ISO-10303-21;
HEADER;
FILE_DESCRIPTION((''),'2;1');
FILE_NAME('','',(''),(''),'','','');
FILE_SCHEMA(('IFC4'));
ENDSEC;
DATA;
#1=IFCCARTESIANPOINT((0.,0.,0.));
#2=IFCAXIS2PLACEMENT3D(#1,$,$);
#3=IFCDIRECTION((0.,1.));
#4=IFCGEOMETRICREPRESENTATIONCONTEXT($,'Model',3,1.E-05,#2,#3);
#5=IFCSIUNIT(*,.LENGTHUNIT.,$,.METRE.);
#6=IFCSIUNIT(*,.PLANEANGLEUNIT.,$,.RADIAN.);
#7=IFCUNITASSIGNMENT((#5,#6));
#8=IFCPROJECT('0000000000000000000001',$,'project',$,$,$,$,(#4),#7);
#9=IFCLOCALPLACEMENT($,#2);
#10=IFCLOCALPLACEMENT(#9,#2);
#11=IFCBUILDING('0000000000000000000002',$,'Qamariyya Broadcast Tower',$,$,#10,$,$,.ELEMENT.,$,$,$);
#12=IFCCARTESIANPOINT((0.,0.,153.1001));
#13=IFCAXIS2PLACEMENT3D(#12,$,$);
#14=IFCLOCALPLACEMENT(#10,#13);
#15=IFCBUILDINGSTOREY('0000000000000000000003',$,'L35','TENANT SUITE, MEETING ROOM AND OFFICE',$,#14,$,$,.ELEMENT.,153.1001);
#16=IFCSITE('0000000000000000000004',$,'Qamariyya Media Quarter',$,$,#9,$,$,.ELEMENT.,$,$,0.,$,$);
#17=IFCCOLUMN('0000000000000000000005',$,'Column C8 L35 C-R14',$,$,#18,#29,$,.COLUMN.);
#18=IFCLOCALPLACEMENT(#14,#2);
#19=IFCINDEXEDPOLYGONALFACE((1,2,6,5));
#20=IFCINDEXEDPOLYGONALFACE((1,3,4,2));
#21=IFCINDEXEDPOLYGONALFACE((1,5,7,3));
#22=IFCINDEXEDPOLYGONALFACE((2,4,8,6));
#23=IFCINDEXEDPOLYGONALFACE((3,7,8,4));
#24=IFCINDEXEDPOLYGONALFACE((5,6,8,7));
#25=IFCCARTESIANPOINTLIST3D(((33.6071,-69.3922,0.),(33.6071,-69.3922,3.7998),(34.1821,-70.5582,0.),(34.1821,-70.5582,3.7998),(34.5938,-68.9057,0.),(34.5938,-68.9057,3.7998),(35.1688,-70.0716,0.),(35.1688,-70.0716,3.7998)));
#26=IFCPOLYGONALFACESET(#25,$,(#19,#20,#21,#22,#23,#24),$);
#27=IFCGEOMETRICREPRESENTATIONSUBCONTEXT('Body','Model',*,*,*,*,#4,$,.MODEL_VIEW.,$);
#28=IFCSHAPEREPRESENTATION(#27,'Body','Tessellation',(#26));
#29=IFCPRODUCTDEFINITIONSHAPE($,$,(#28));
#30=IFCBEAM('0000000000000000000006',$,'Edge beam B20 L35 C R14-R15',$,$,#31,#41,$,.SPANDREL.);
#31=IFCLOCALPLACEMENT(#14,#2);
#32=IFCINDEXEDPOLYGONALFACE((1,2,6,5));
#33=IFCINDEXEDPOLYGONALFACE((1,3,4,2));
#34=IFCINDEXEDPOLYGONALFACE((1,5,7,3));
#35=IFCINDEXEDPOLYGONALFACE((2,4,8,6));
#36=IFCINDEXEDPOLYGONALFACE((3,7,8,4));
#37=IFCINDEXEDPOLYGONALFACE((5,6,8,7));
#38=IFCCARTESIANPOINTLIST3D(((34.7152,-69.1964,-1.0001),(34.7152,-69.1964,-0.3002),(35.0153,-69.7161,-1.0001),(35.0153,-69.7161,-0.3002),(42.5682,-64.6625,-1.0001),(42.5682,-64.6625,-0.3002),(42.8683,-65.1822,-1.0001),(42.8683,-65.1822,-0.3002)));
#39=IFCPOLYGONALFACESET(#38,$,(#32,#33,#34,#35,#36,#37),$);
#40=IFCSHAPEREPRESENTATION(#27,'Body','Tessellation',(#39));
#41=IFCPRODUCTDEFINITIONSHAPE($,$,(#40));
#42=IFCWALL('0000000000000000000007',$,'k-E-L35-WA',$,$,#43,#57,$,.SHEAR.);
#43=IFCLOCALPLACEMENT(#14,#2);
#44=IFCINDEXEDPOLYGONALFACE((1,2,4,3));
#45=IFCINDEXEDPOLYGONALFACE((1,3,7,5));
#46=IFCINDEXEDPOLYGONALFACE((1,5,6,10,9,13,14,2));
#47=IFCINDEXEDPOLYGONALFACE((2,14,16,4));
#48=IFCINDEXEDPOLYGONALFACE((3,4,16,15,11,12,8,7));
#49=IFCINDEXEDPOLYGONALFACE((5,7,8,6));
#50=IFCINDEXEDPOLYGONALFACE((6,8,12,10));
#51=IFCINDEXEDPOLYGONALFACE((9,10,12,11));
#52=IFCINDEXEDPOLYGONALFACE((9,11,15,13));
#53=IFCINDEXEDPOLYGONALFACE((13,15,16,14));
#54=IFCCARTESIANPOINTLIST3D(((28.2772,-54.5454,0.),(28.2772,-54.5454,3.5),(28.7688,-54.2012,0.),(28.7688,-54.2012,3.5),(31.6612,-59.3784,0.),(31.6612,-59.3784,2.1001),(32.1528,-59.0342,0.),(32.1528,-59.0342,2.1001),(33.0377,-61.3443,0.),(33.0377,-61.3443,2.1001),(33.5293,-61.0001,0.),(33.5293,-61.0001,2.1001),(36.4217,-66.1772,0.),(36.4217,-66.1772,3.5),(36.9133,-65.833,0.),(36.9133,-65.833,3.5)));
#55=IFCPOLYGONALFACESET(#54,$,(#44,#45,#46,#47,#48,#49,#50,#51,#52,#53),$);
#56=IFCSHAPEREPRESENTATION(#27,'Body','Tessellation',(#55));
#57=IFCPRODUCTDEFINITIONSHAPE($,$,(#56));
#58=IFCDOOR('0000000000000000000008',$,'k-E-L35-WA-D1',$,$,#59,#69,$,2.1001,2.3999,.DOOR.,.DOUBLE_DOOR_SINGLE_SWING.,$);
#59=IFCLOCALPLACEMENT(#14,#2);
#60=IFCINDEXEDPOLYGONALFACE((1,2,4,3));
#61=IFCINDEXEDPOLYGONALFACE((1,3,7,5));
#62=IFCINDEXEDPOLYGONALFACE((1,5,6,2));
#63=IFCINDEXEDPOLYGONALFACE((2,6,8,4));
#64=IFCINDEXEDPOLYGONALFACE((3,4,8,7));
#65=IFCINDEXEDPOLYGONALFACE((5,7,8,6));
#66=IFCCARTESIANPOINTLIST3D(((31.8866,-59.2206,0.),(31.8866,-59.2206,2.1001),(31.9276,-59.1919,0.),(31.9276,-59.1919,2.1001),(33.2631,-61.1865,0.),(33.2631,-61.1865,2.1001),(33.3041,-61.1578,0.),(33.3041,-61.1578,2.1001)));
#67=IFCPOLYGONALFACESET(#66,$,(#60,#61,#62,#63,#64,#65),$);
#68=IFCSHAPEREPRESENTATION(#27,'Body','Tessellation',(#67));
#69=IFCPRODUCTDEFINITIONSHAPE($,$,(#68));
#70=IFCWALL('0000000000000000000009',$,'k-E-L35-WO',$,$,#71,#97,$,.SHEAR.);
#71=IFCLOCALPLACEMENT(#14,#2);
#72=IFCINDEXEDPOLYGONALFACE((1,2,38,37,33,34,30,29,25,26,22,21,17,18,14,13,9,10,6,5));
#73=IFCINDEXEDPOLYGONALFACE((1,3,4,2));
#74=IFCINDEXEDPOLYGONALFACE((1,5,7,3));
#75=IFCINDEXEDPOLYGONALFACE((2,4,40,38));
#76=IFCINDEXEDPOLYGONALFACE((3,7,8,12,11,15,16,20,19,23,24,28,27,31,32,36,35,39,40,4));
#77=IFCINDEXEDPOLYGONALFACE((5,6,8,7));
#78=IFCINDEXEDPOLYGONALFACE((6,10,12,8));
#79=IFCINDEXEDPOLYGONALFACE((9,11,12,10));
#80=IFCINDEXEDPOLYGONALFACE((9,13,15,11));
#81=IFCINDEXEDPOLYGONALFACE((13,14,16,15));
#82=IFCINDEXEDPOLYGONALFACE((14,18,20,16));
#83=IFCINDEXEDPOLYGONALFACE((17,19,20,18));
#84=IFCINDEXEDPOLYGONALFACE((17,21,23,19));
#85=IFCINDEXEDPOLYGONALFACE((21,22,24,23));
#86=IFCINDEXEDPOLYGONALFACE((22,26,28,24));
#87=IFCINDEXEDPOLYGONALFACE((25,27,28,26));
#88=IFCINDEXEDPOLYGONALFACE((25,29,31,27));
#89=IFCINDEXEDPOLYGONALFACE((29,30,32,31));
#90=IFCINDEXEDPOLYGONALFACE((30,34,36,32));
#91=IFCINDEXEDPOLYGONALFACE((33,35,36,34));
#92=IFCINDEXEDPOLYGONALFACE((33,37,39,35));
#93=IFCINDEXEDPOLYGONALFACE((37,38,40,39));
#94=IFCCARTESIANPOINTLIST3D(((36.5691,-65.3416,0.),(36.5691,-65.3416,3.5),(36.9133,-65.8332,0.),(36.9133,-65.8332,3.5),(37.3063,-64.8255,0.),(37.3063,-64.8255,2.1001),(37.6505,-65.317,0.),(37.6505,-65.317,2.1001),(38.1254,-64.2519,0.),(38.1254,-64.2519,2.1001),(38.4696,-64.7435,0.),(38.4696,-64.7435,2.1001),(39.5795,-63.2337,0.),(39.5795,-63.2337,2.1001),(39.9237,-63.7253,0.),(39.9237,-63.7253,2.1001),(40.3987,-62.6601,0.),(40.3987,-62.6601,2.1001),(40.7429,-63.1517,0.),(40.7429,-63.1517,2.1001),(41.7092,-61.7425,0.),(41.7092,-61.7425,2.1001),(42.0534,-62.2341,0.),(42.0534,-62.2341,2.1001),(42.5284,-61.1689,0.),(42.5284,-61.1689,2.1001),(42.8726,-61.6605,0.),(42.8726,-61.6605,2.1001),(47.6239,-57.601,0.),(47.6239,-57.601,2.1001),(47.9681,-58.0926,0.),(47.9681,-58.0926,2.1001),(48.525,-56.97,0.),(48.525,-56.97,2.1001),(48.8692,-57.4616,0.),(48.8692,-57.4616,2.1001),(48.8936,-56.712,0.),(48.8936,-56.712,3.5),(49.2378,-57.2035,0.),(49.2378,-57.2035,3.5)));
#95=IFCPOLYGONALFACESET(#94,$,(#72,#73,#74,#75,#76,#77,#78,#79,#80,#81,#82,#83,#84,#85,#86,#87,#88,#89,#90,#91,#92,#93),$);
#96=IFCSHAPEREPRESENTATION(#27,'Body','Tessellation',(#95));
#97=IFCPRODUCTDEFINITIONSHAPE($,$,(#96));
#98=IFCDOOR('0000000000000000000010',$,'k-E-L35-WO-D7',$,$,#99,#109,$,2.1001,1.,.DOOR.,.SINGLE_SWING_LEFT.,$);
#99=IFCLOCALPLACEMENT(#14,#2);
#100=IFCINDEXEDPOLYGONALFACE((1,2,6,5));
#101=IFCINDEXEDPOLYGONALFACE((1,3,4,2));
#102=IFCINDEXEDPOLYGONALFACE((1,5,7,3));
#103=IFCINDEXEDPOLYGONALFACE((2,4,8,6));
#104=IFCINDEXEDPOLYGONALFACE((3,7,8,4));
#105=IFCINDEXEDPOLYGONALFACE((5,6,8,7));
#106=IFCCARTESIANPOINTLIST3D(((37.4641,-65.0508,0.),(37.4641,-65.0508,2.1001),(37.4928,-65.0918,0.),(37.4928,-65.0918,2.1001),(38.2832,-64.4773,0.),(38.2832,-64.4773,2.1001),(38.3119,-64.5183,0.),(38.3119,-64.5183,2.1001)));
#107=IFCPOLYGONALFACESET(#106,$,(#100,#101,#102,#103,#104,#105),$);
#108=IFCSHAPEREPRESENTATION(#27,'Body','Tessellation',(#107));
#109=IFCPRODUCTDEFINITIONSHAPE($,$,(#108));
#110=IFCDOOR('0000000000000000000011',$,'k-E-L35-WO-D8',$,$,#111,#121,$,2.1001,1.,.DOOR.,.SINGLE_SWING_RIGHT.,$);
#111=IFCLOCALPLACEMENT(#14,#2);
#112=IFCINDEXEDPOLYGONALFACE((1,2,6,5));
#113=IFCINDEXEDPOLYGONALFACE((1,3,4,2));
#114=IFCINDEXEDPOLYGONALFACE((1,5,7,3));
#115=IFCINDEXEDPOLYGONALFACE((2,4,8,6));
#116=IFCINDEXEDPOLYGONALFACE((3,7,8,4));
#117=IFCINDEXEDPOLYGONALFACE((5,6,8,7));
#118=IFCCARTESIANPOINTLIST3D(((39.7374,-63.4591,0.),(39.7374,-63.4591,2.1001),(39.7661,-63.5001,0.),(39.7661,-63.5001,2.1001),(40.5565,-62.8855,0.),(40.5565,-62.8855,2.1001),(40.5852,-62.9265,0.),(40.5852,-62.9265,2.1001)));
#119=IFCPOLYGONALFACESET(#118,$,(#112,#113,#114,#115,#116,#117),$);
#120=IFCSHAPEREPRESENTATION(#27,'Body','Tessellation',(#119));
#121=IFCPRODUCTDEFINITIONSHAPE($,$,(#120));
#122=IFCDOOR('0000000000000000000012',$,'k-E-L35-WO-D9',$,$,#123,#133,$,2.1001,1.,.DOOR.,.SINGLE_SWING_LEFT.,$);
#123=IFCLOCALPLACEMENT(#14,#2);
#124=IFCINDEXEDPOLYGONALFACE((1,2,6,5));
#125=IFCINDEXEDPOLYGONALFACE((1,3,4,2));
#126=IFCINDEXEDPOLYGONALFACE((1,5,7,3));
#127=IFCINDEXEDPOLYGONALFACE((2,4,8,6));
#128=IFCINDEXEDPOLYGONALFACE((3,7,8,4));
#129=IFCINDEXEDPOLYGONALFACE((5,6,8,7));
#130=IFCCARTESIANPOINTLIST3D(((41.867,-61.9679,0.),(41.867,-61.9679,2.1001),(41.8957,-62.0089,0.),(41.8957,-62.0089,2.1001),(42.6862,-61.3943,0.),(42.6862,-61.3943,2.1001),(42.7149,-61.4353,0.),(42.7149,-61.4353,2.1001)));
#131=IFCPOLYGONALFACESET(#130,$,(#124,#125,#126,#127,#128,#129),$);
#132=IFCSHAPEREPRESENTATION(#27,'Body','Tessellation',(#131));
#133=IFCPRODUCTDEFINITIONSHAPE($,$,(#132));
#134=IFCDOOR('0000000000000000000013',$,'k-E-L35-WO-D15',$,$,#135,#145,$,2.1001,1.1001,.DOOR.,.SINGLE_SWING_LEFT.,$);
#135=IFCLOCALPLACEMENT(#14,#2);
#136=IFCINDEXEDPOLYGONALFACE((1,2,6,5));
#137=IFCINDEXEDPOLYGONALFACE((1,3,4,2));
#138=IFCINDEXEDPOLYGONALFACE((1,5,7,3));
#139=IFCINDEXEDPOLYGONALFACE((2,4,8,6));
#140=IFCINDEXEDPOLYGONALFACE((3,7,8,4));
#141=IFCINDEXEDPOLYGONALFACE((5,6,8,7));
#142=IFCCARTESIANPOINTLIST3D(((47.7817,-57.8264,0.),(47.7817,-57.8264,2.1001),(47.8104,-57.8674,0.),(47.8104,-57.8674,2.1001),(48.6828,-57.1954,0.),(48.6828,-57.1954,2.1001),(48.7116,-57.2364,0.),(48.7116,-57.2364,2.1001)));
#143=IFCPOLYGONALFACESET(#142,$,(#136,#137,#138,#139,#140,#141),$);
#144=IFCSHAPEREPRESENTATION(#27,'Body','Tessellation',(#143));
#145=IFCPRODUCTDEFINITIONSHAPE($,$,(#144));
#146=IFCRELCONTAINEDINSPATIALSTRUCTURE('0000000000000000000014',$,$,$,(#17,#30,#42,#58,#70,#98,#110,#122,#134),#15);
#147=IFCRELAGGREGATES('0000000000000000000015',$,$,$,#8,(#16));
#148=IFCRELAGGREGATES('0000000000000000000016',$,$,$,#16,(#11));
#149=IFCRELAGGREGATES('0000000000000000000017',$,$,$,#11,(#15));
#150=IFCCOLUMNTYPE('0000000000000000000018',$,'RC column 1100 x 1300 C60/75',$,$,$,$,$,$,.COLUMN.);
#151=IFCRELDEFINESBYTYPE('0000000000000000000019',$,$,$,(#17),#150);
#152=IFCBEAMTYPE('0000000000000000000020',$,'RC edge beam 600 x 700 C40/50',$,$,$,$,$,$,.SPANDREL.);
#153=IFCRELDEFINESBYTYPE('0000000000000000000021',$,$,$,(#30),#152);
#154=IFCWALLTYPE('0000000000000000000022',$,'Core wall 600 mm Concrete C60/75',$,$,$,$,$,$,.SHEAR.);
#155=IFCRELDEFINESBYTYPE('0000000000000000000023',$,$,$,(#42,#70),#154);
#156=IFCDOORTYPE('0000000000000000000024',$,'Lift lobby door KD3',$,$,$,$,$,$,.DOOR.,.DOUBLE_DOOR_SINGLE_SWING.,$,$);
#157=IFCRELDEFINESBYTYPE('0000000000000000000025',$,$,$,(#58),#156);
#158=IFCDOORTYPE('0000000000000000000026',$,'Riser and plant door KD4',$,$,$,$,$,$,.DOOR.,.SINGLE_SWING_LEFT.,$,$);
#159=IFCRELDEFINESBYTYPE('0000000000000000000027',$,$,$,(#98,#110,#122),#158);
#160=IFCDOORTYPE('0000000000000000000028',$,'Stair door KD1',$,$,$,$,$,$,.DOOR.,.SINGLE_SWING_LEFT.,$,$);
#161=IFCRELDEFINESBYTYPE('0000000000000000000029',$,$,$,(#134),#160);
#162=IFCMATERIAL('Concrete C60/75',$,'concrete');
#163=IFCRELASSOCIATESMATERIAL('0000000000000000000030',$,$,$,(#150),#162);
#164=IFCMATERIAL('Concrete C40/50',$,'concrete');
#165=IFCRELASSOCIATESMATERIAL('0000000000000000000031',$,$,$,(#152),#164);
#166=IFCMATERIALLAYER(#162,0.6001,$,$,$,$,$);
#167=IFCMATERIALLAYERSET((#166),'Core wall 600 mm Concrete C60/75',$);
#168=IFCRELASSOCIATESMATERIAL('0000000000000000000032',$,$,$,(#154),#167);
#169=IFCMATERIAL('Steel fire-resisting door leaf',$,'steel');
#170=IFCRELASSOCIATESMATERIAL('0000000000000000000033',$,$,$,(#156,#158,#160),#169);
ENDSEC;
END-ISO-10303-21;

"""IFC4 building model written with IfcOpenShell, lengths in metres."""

from ifc_helpers import new_model, si_unit, direction, frame, frame_2d, origin, origin_2d, place, context, subcontext, project, spatial, rectangle, extrude, material, layer, layer_set, material_profile, profile_set, type_object, element, fill, save


model = new_model("IFC4")

# Units and contexts
model_context = context("Model", 3, precision=1e-05, world=origin(), true_north=direction((0.0, 1.0)))
body_context = subcontext(model_context, "Body", "Model", "MODEL_VIEW")
ifc_project = project(units=[si_unit("LENGTHUNIT", "METRE"), si_unit("PLANEANGLEUNIT", "RADIAN")], contexts=[model_context])

# Site, building, storey
site_placement = place(None, origin())
site = spatial("IfcSite", under=ifc_project, at=site_placement, Name="Qamariyya Media Quarter", CompositionType="ELEMENT", RefElevation=0.0)
building_placement = place(site_placement, origin())
building = spatial("IfcBuilding", under=site, at=building_placement, Name="Qamariyya Broadcast Tower", CompositionType="ELEMENT")
storey_placement = place(building_placement, frame((0.0, 0.0, 153.1001)))
storey = spatial("IfcBuildingStorey", under=building, at=storey_placement, Name="L35", Description="TENANT SUITE, MEETING ROOM AND OFFICE", CompositionType="ELEMENT", Elevation=153.1001)

# Column
ifc_material_1 = material(Name="Concrete C60/75", Category="concrete")
ifc_material_profile_1 = material_profile(ifc_material_1, rectangle(XDim=1.1001, YDim=1.3, at=origin_2d()))
ifc_profile_set_1 = profile_set([ifc_material_profile_1], Name="Concrete C60/75")
column_type = type_object("IfcColumnType", Name="RC column 1100 x 1300 C60/75", PredefinedType="COLUMN", material=ifc_profile_set_1)
column_placement = place(storey_placement, frame((34.3879, -69.7319, 0.0), z_axis=(0.0, 0.0, 1.0), x_axis=(0.896873, 0.442289, 0.0)))
element("IfcColumn", 1, at=column_placement, inside=storey, type_object=column_type, Name="Column C8 L35 C-R14", PredefinedType="COLUMN", context=body_context, shape_type="SweptSolid", body=[
    extrude(rectangle(XDim=1.1001, YDim=1.3, at=origin_2d()), origin(), (0.0, 0.0, 1.0), 3.7998),
])

# Beam
ifc_material_2 = material(Name="Concrete C40/50", Category="concrete")
ifc_material_profile_2 = material_profile(ifc_material_2, rectangle(XDim=0.6001, YDim=0.7, at=origin_2d()))
ifc_profile_set_2 = profile_set([ifc_material_profile_2], Name="Concrete C40/50")
beam_type = type_object("IfcBeamType", Name="RC edge beam 600 x 700 C40/50", PredefinedType="SPANDREL", material=ifc_profile_set_2)
beam_placement = place(storey_placement, frame((34.8652, -69.4563, -0.6501), z_axis=(0.866026, 0.499999, 0.0), x_axis=(-0.499999, 0.866026, 0.0)))
element("IfcBeam", 2, at=beam_placement, inside=storey, type_object=beam_type, Name="Edge beam B20 L35 C R14-R15", PredefinedType="SPANDREL", context=body_context, shape_type="SweptSolid", body=[
    extrude(rectangle(XDim=0.6001, YDim=0.7, at=origin_2d()), origin(), (0.0, 0.0, 1.0), 9.0679),
])

# Wall, opening, door
ifc_layer_1 = layer(ifc_material_1, 0.6001)
ifc_layer_set_1 = layer_set([ifc_layer_1], Name="Core wall 600 mm Concrete C60/75")
wall_type_1 = type_object("IfcWallType", Name="Core wall 600 mm Concrete C60/75", PredefinedType="SHEAR", material=ifc_layer_set_1)
wall_1_placement = place(storey_placement, frame((36.6675, -66.0051, 0.0), z_axis=(0.0, 0.0, 1.0), x_axis=(-0.573568, 0.819158, 0.0)))
wall_1 = element("IfcWall", 3, at=wall_1_placement, inside=storey, type_object=wall_type_1, Name="k-E-L35-WA", PredefinedType="SHEAR", context=body_context, shape_type="SweptSolid", body=[
    extrude(rectangle(XDim=14.1997, YDim=0.6001, at=frame_2d((7.0999, 0.0))), origin(), (0.0, 0.0, 1.0), 3.5),
])
opening_1_placement = place(wall_1_placement, frame((5.8999, 0.0, 0.0)))
opening_1 = element("IfcOpeningElement", 4, at=opening_1_placement, cuts=wall_1, PredefinedType="OPENING", context=body_context, shape_type="SweptSolid", body=[
    extrude(rectangle(XDim=2.3999, YDim=2.1001, at=frame_2d((1.2, 1.05))), frame((0.0, 0.3101, 0.0), z_axis=(0.0, -1.0, 0.0), x_axis=(1.0, 0.0, 0.0)), (0.0, 0.0, 1.0), 0.6201),
])
ifc_material_3 = material(Name="Steel fire-resisting door leaf", Category="steel")
door_type_1 = type_object("IfcDoorType", Name="Lift lobby door KD3", OperationType="DOUBLE_DOOR_SINGLE_SWING", PredefinedType="DOOR", material=ifc_material_3)
door_1_placement = place(opening_1_placement, origin())
door_1 = element("IfcDoor", 5, at=door_1_placement, inside=storey, type_object=door_type_1, Name="k-E-L35-WA-D1", OperationType="DOUBLE_DOOR_SINGLE_SWING", OverallHeight=2.1001, OverallWidth=2.3999, PredefinedType="DOOR", context=body_context, shape_type="SweptSolid", body=[
    extrude(rectangle(XDim=2.3999, YDim=2.1001, at=frame_2d((1.2, 1.05))), frame((0.0, 0.0249, 0.0), z_axis=(0.0, -1.0, 0.0), x_axis=(1.0, 0.0, 0.0)), (0.0, 0.0, 1.0), 0.05),
])
fill(opening_1, door_1)

# Wall, openings, doors
wall_2_placement = place(storey_placement, frame((36.7412, -65.5874, 0.0), z_axis=(0.0, 0.0, 1.0), x_axis=(0.819153, 0.573575, 0.0)))
wall_2 = element("IfcWall", 6, at=wall_2_placement, inside=storey, type_object=wall_type_1, Name="k-E-L35-WO", PredefinedType="SHEAR", context=body_context, shape_type="SweptSolid", body=[
    extrude(rectangle(XDim=15.0454, YDim=0.6001, at=frame_2d((7.5227, 0.0))), origin(), (0.0, 0.0, 1.0), 3.5),
])
opening_2_placement = place(wall_2_placement, frame((0.8999, 0.0, 0.0)))
opening_2 = element("IfcOpeningElement", 7, at=opening_2_placement, cuts=wall_2, PredefinedType="OPENING", context=body_context, shape_type="SweptSolid", body=[
    extrude(rectangle(XDim=1.0, YDim=2.1001, at=frame_2d((0.5, 1.05))), frame((0.0, 0.3101, 0.0), z_axis=(0.0, -1.0, 0.0), x_axis=(1.0, 0.0, 0.0)), (0.0, 0.0, 1.0), 0.6201),
])
opening_3_placement = place(wall_2_placement, frame((3.675, 0.0, 0.0)))
opening_3 = element("IfcOpeningElement", 8, at=opening_3_placement, cuts=wall_2, PredefinedType="OPENING", context=body_context, shape_type="SweptSolid", body=[
    extrude(rectangle(XDim=1.0, YDim=2.1001, at=frame_2d((0.5, 1.05))), frame((0.0, 0.3101, 0.0), z_axis=(0.0, -1.0, 0.0), x_axis=(1.0, 0.0, 0.0)), (0.0, 0.0, 1.0), 0.6201),
])
opening_4_placement = place(wall_2_placement, frame((6.2749, 0.0, 0.0)))
opening_4 = element("IfcOpeningElement", 9, at=opening_4_placement, cuts=wall_2, PredefinedType="OPENING", context=body_context, shape_type="SweptSolid", body=[
    extrude(rectangle(XDim=1.0, YDim=2.1001, at=frame_2d((0.5, 1.05))), frame((0.0, 0.3101, 0.0), z_axis=(0.0, -1.0, 0.0), x_axis=(1.0, 0.0, 0.0)), (0.0, 0.0, 1.0), 0.6201),
])
opening_5_placement = place(wall_2_placement, frame((13.4954, 0.0, 0.0)))
opening_5 = element("IfcOpeningElement", 10, at=opening_5_placement, cuts=wall_2, PredefinedType="OPENING", context=body_context, shape_type="SweptSolid", body=[
    extrude(rectangle(XDim=1.1001, YDim=2.1001, at=frame_2d((0.55, 1.05))), frame((0.0, 0.3101, 0.0), z_axis=(0.0, -1.0, 0.0), x_axis=(1.0, 0.0, 0.0)), (0.0, 0.0, 1.0), 0.6201),
])
door_type_2 = type_object("IfcDoorType", Name="Riser and plant door KD4", OperationType="SINGLE_SWING_LEFT", PredefinedType="DOOR", material=ifc_material_3)
door_2_placement = place(opening_2_placement, origin())
door_2 = element("IfcDoor", 11, at=door_2_placement, inside=storey, type_object=door_type_2, Name="k-E-L35-WO-D7", OperationType="SINGLE_SWING_LEFT", OverallHeight=2.1001, OverallWidth=1.0, PredefinedType="DOOR", context=body_context, shape_type="SweptSolid", body=[
    extrude(rectangle(XDim=1.0, YDim=2.1001, at=frame_2d((0.5, 1.05))), frame((0.0, 0.0249, 0.0), z_axis=(0.0, -1.0, 0.0), x_axis=(1.0, 0.0, 0.0)), (0.0, 0.0, 1.0), 0.05),
])
fill(opening_2, door_2)
door_3_placement = place(opening_3_placement, origin())
door_3 = element("IfcDoor", 12, at=door_3_placement, inside=storey, type_object=door_type_2, Name="k-E-L35-WO-D8", OperationType="SINGLE_SWING_RIGHT", OverallHeight=2.1001, OverallWidth=1.0, PredefinedType="DOOR", context=body_context, shape_type="SweptSolid", body=[
    extrude(rectangle(XDim=1.0, YDim=2.1001, at=frame_2d((0.5, 1.05))), frame((0.0, 0.0249, 0.0), z_axis=(0.0, -1.0, 0.0), x_axis=(1.0, 0.0, 0.0)), (0.0, 0.0, 1.0), 0.05),
])
fill(opening_3, door_3)
door_4_placement = place(opening_4_placement, origin())
door_4 = element("IfcDoor", 13, at=door_4_placement, inside=storey, type_object=door_type_2, Name="k-E-L35-WO-D9", OperationType="SINGLE_SWING_LEFT", OverallHeight=2.1001, OverallWidth=1.0, PredefinedType="DOOR", context=body_context, shape_type="SweptSolid", body=[
    extrude(rectangle(XDim=1.0, YDim=2.1001, at=frame_2d((0.5, 1.05))), frame((0.0, 0.0249, 0.0), z_axis=(0.0, -1.0, 0.0), x_axis=(1.0, 0.0, 0.0)), (0.0, 0.0, 1.0), 0.05),
])
fill(opening_4, door_4)
door_type_3 = type_object("IfcDoorType", Name="Stair door KD1", OperationType="SINGLE_SWING_LEFT", PredefinedType="DOOR", material=ifc_material_3)
door_5_placement = place(opening_5_placement, origin())
door_5 = element("IfcDoor", 14, at=door_5_placement, inside=storey, type_object=door_type_3, Name="k-E-L35-WO-D15", OperationType="SINGLE_SWING_LEFT", OverallHeight=2.1001, OverallWidth=1.1001, PredefinedType="DOOR", context=body_context, shape_type="SweptSolid", body=[
    extrude(rectangle(XDim=1.1001, YDim=2.1001, at=frame_2d((0.55, 1.05))), frame((0.0, 0.0249, 0.0), z_axis=(0.0, -1.0, 0.0), x_axis=(1.0, 0.0, 0.0)), (0.0, 0.0, 1.0), 0.05),
])
fill(opening_5, door_5)

save(model, "model.ifc")
